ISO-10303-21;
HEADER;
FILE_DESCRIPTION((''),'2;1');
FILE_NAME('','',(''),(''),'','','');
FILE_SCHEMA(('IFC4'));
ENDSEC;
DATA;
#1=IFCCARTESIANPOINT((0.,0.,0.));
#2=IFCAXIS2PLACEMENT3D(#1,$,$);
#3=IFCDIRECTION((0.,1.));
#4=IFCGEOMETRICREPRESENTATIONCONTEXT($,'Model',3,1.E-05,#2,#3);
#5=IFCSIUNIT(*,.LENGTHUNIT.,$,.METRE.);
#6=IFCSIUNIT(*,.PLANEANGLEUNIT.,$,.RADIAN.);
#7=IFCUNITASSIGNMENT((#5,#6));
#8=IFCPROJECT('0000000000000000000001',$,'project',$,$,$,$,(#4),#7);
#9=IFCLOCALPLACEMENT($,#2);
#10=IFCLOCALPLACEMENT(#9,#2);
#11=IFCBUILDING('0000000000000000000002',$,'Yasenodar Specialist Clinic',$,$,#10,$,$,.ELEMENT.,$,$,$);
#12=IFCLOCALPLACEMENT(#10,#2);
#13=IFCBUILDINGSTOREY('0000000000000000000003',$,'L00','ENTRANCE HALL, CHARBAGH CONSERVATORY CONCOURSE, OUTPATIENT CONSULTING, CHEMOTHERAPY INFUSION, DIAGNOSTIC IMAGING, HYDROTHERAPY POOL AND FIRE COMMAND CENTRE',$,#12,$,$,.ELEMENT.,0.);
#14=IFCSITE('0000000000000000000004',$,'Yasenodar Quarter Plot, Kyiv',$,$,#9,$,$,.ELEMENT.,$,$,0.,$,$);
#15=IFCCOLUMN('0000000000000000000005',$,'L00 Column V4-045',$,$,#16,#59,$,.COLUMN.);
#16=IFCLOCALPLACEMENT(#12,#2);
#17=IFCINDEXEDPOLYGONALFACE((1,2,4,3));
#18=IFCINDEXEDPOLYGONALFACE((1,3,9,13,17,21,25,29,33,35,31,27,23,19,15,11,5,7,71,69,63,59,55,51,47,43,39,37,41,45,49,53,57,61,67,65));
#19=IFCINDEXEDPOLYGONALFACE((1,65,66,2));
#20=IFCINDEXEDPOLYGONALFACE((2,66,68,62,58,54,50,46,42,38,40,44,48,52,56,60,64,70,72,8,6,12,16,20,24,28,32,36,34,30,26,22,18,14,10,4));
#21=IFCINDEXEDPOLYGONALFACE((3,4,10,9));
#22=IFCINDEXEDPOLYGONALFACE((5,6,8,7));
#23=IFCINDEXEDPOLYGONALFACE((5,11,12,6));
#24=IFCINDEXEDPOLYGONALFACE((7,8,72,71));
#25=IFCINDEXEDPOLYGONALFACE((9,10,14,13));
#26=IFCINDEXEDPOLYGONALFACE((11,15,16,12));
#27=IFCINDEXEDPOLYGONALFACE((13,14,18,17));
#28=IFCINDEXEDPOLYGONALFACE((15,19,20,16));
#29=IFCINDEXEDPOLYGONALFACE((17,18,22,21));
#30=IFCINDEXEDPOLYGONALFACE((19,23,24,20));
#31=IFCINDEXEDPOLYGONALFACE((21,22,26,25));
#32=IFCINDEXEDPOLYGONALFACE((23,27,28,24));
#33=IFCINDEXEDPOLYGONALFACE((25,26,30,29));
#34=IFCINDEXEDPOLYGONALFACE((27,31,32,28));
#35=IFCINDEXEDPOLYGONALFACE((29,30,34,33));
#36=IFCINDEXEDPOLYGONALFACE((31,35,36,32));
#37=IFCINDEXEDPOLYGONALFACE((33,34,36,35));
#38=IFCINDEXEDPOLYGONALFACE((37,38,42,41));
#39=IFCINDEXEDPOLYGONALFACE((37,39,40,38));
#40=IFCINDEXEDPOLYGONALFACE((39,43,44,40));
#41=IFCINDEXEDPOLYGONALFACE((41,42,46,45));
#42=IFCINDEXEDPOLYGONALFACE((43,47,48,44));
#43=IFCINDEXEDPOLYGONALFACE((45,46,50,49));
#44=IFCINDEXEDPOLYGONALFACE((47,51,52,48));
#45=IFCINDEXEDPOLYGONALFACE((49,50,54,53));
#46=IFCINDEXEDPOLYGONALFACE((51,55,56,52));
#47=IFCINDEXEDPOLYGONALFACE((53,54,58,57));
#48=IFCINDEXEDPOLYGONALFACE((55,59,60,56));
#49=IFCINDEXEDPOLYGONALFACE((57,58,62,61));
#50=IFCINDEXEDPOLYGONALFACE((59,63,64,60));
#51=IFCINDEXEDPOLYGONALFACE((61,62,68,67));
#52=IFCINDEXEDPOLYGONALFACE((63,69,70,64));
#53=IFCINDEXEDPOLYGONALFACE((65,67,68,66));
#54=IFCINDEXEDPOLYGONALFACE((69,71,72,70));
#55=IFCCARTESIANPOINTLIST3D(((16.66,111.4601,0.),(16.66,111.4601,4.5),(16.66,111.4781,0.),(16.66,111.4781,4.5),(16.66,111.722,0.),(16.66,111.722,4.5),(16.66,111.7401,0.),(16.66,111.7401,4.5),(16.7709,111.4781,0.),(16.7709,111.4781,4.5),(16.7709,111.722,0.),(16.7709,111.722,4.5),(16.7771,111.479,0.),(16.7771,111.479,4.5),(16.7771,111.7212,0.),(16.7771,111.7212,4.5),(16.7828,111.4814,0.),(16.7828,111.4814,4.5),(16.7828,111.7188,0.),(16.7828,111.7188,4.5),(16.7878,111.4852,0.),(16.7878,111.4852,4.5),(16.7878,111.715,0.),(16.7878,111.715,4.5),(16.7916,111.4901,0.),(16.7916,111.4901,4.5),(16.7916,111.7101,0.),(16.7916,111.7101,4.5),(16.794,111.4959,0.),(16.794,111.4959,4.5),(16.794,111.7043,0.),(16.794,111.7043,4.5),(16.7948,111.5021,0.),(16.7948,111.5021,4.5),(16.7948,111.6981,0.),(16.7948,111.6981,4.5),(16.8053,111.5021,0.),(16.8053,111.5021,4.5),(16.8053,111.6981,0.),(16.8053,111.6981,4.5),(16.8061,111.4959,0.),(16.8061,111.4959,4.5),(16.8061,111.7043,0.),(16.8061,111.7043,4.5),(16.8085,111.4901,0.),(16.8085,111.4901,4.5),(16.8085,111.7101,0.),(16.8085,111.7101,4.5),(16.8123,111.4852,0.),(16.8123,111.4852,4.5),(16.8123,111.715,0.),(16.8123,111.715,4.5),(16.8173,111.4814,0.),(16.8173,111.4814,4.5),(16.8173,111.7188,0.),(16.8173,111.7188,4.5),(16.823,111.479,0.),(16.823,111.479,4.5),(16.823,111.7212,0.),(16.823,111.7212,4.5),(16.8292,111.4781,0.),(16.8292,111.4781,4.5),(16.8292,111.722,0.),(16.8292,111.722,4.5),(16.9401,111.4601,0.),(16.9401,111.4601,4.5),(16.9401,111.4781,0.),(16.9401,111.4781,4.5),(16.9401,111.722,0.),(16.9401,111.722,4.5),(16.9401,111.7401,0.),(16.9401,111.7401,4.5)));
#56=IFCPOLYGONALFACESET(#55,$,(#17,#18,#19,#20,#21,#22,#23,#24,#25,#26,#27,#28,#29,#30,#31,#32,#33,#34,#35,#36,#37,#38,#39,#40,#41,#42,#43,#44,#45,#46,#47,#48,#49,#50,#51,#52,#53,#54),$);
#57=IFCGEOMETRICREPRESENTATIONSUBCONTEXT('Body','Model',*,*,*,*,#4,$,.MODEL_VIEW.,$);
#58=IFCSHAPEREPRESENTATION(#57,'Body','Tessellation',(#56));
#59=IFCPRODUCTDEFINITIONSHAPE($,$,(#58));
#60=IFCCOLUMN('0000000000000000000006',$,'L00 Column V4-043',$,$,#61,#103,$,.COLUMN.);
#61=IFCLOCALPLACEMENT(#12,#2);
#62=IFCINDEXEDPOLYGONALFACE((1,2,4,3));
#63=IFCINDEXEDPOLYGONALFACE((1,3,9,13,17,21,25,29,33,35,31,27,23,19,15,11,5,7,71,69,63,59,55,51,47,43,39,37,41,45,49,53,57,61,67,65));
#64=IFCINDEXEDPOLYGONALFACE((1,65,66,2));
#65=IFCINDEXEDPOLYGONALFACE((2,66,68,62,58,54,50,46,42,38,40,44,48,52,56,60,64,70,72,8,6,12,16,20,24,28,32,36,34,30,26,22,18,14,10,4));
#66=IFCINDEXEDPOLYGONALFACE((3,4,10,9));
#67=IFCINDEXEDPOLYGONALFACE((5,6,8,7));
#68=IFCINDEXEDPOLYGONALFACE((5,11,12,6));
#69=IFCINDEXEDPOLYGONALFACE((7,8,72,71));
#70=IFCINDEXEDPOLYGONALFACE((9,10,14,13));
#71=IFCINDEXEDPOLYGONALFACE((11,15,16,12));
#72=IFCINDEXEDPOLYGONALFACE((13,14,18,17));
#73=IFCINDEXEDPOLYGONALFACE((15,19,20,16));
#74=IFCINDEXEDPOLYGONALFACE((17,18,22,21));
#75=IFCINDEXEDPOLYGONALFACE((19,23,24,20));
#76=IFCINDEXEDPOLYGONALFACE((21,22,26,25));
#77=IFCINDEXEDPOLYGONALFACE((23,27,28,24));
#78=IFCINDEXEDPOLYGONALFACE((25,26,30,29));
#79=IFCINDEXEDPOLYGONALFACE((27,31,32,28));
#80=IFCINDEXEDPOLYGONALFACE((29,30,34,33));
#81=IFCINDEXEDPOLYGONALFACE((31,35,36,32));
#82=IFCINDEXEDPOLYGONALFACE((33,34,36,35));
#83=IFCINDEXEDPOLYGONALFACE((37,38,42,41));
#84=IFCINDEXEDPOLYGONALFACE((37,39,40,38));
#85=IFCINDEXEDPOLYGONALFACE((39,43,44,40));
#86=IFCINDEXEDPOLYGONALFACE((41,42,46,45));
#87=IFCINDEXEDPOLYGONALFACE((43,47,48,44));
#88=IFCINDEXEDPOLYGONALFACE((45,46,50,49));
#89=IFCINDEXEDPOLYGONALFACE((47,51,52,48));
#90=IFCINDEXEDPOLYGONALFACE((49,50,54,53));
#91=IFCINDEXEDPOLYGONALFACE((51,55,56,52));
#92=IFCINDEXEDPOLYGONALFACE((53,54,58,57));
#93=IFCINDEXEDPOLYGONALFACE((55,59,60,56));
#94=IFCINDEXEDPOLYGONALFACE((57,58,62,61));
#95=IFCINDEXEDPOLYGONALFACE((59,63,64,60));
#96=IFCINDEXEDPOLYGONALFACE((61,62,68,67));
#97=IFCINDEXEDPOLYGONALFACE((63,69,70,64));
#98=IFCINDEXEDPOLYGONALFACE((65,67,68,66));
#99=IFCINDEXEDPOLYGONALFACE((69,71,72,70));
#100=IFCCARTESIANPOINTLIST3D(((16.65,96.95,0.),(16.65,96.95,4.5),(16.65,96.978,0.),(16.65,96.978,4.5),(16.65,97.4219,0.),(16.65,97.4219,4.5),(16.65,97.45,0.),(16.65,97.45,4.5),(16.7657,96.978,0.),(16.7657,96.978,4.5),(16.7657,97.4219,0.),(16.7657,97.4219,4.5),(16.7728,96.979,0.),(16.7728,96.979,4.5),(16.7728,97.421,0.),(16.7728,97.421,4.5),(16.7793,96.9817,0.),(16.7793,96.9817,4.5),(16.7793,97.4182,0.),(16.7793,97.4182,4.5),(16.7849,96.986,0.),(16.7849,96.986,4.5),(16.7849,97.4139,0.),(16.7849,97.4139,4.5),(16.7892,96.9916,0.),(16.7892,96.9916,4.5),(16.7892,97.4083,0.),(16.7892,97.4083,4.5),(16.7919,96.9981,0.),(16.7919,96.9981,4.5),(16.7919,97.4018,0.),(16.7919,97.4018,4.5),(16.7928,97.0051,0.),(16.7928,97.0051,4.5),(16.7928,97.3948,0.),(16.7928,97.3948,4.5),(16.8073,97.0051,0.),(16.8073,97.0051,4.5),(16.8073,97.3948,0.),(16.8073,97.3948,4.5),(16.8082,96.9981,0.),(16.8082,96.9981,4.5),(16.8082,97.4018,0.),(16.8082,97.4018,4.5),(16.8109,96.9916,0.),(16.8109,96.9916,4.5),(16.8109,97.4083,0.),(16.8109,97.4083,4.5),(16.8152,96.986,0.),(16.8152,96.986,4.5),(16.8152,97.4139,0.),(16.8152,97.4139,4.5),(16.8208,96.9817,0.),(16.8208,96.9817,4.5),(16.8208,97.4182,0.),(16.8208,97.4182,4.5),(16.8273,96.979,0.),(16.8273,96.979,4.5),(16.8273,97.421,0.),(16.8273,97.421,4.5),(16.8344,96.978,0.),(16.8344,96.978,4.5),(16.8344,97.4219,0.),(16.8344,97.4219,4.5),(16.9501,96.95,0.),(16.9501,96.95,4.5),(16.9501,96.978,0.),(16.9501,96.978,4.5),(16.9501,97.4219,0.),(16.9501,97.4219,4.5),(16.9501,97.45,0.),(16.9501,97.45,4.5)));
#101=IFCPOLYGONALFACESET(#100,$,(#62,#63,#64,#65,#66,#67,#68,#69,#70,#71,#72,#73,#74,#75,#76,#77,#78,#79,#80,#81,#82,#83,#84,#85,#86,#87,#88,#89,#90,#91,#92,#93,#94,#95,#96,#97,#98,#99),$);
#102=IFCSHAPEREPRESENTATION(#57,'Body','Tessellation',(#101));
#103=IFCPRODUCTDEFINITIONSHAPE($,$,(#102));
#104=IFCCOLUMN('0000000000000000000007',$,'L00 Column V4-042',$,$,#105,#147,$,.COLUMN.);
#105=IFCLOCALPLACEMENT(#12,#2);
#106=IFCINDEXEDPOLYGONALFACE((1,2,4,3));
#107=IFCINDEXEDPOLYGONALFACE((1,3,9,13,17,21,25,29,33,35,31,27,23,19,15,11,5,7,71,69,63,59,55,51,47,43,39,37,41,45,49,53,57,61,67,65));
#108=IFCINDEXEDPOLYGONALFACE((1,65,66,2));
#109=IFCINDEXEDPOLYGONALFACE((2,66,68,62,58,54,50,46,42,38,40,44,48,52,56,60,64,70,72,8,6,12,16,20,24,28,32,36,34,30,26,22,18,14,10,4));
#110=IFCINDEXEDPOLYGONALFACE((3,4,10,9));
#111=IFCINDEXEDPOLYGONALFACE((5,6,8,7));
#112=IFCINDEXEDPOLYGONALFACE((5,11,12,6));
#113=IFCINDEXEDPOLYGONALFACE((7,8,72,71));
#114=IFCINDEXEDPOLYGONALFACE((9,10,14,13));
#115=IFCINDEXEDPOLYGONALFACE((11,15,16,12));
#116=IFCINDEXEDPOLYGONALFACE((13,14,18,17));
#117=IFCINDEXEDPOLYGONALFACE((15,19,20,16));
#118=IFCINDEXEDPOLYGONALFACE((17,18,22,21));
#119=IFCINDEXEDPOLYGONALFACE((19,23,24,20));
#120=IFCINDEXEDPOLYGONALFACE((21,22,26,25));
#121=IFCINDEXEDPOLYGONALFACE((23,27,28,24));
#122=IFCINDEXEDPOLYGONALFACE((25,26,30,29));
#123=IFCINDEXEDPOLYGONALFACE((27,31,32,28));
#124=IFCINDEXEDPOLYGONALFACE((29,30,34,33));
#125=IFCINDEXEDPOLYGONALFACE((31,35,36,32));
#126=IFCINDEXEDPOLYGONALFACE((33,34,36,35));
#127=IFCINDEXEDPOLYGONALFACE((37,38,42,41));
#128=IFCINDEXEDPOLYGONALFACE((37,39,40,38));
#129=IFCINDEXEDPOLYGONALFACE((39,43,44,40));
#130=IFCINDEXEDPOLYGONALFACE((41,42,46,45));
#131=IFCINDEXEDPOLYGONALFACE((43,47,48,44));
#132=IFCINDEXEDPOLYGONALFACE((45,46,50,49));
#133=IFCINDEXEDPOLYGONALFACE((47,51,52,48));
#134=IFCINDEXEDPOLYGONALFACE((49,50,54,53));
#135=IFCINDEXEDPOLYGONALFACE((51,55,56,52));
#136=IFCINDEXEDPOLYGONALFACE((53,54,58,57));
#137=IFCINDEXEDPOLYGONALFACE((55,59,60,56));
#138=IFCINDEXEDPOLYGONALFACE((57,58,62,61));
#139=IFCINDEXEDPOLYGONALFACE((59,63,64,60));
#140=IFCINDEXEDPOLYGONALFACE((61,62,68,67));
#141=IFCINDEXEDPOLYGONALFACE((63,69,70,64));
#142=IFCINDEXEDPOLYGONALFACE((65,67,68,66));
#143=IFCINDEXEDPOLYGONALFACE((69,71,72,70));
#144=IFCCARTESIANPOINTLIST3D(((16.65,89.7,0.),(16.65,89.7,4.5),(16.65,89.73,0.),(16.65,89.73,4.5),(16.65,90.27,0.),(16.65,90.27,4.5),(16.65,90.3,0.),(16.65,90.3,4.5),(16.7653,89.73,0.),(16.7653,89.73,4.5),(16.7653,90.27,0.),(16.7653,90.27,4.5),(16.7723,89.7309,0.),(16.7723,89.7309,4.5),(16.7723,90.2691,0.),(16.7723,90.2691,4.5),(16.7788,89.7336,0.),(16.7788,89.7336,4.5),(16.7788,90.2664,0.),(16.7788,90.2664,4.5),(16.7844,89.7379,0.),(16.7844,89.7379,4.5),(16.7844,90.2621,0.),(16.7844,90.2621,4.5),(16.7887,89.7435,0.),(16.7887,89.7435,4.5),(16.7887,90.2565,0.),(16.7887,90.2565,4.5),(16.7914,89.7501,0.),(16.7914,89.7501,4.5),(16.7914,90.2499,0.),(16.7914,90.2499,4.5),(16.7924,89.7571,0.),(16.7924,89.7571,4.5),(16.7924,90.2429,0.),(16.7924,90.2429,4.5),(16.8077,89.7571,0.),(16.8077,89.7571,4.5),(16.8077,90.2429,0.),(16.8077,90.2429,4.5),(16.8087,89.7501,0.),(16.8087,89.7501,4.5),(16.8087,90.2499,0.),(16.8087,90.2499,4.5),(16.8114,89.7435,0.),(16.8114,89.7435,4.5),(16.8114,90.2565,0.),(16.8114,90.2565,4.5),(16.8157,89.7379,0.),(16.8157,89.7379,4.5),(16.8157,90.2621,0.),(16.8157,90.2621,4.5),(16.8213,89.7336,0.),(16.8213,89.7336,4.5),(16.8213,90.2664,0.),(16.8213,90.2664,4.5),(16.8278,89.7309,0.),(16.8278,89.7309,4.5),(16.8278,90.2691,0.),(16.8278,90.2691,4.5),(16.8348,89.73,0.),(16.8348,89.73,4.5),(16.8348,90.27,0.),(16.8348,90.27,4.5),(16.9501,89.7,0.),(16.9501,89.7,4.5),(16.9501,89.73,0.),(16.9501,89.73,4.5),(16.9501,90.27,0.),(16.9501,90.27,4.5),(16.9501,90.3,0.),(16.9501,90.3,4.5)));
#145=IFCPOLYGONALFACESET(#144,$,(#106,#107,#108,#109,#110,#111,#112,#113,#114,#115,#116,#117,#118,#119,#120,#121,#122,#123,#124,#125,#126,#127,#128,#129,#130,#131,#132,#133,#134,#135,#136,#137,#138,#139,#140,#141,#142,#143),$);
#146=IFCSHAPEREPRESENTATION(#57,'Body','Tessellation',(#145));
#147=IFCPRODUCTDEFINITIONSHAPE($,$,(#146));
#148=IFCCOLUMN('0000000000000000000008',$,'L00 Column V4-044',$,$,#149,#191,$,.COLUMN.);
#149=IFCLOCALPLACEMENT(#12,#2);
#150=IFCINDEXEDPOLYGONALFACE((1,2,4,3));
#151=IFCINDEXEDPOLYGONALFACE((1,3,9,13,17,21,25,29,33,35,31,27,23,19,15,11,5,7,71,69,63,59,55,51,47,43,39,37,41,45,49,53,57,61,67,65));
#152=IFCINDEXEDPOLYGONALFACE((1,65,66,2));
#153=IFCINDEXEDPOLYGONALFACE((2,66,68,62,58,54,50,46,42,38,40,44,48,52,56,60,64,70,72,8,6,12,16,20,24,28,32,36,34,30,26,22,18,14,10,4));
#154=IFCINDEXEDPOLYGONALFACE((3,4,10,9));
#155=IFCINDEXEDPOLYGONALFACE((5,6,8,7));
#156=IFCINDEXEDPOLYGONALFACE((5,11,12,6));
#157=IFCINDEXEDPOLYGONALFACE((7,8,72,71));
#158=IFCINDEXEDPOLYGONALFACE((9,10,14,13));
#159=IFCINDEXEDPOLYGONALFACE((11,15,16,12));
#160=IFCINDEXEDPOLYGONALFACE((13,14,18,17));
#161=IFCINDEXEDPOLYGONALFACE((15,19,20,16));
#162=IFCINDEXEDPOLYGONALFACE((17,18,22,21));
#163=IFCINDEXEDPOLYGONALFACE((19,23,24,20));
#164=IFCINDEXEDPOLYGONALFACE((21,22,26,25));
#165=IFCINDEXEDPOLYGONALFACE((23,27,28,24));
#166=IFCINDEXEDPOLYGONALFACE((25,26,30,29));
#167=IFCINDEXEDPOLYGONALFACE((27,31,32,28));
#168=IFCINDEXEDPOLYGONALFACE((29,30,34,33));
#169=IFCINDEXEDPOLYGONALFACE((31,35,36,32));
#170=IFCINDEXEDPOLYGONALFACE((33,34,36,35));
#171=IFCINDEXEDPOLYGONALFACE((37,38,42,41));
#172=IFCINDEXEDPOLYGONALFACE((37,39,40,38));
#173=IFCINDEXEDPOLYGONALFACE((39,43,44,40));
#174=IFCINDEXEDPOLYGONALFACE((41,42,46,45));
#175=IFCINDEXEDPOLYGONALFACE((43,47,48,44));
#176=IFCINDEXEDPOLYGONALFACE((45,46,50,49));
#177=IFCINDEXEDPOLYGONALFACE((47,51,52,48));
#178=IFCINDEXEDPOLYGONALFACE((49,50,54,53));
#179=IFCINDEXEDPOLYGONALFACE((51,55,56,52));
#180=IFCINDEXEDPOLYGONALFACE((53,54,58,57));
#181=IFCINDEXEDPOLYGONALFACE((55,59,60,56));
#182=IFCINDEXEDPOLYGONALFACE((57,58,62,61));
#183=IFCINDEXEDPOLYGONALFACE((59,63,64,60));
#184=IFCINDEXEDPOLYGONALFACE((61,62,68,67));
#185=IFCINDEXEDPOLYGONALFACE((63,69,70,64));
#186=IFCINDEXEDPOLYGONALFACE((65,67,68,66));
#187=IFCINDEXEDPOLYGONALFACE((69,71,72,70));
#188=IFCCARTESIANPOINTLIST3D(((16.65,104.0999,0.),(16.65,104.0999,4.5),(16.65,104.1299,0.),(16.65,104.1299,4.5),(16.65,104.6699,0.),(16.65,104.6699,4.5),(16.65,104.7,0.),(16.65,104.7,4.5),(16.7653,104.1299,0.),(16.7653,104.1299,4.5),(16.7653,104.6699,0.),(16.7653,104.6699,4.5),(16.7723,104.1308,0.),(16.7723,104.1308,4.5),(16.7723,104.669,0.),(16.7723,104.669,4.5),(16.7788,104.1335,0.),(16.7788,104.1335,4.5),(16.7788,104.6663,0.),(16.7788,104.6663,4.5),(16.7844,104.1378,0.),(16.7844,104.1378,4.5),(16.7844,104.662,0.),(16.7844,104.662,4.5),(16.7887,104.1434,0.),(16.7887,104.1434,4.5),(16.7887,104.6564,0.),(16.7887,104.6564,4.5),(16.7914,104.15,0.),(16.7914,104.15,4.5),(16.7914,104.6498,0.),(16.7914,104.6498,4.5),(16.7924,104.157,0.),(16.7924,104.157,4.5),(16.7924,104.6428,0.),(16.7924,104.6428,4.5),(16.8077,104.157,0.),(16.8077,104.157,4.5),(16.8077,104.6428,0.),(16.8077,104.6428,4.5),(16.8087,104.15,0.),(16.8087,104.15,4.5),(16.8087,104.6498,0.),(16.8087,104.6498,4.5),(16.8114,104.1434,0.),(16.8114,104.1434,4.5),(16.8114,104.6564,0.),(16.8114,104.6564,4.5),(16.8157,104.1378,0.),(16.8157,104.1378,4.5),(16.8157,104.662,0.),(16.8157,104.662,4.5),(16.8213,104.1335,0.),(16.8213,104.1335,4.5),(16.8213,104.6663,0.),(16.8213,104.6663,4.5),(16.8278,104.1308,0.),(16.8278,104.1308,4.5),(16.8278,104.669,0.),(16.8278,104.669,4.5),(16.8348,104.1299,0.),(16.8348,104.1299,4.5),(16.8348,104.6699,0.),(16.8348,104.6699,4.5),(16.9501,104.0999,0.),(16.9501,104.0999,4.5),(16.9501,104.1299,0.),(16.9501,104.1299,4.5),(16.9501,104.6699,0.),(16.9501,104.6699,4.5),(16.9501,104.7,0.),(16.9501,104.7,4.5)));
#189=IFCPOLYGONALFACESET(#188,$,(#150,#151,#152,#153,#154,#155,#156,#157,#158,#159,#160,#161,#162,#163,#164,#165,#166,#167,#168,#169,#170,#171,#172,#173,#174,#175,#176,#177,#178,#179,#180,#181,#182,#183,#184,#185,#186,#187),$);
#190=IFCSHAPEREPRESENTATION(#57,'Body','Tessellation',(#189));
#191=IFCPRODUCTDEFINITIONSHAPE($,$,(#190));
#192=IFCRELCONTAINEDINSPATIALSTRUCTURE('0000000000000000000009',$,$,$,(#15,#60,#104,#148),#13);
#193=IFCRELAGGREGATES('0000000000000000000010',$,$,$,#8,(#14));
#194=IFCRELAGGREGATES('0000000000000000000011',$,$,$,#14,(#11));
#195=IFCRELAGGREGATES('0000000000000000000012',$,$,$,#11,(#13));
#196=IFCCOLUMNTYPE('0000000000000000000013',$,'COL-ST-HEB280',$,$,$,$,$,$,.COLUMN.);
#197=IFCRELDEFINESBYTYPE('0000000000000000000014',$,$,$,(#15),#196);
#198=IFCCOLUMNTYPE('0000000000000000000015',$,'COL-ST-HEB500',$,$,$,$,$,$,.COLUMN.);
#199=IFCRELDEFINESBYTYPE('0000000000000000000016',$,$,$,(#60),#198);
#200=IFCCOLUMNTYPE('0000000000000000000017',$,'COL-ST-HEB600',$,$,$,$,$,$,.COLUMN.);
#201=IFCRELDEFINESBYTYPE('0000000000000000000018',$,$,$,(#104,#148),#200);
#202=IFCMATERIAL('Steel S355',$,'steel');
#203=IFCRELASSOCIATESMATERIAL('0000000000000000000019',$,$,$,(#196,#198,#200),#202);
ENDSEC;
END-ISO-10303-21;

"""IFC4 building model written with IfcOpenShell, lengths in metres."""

from ifc_helpers import new_model, si_unit, direction, frame, origin, origin_2d, place, context, subcontext, project, spatial, i_section, extrude, material, material_profile, profile_set, type_object, element, save


model = new_model("IFC4")

# Units and contexts
model_context = context("Model", 3, precision=1e-05, world=origin(), true_north=direction((0.0, 1.0)))
body_context = subcontext(model_context, "Body", "Model", "MODEL_VIEW")
ifc_project = project(units=[si_unit("LENGTHUNIT", "METRE"), si_unit("PLANEANGLEUNIT", "RADIAN")], contexts=[model_context])

# Site, building, storey
site_placement = place(None, origin())
site = spatial("IfcSite", under=ifc_project, at=site_placement, Name="Yasenodar Quarter Plot, Kyiv", CompositionType="ELEMENT", RefElevation=0.0)
building_placement = place(site_placement, origin())
building = spatial("IfcBuilding", under=site, at=building_placement, Name="Yasenodar Specialist Clinic", CompositionType="ELEMENT")
storey_placement = place(building_placement, origin())
storey = spatial("IfcBuildingStorey", under=building, at=storey_placement, Name="L00", Description="ENTRANCE HALL, CHARBAGH CONSERVATORY CONCOURSE, OUTPATIENT CONSULTING, CHEMOTHERAPY INFUSION, DIAGNOSTIC IMAGING, HYDROTHERAPY POOL AND FIRE COMMAND CENTRE", CompositionType="ELEMENT", Elevation=0.0)

# Columns
ifc_material_1 = material(Name="Steel S355", Category="steel")
ifc_material_profile_1 = material_profile(ifc_material_1, i_section(OverallWidth=0.28, OverallDepth=0.28, WebThickness=0.0105, FlangeThickness=0.0181, FilletRadius=0.0239, at=origin_2d()), Name="HEB 280")
ifc_profile_set_1 = profile_set([ifc_material_profile_1], Name="Steel S355")
column_type_1 = type_object("IfcColumnType", Name="COL-ST-HEB280", PredefinedType="COLUMN", material=ifc_profile_set_1)
column_1_placement = place(storey_placement, frame((16.8, 111.6001, 0.0), z_axis=(0.0, 0.0, 1.0), x_axis=(1.0, 0.0, 0.0)))
element("IfcColumn", 1, at=column_1_placement, inside=storey, type_object=column_type_1, Name="L00 Column V4-045", PredefinedType="COLUMN", context=body_context, shape_type="SweptSolid", body=[
    extrude(i_section(OverallWidth=0.28, OverallDepth=0.28, WebThickness=0.0105, FlangeThickness=0.0181, FilletRadius=0.0239, at=origin_2d()), origin(), (0.0, 0.0, 1.0), 4.5),
])
ifc_material_profile_2 = material_profile(ifc_material_1, i_section(OverallWidth=0.3, OverallDepth=0.5, WebThickness=0.0144, FlangeThickness=0.0281, FilletRadius=0.0271, at=origin_2d()), Name="HEB 500")
ifc_profile_set_2 = profile_set([ifc_material_profile_2], Name="Steel S355")
column_type_2 = type_object("IfcColumnType", Name="COL-ST-HEB500", PredefinedType="COLUMN", material=ifc_profile_set_2)
column_2_placement = place(storey_placement, frame((16.8, 97.2, 0.0), z_axis=(0.0, 0.0, 1.0), x_axis=(1.0, 0.0, 0.0)))
element("IfcColumn", 2, at=column_2_placement, inside=storey, type_object=column_type_2, Name="L00 Column V4-043", PredefinedType="COLUMN", context=body_context, shape_type="SweptSolid", body=[
    extrude(i_section(OverallWidth=0.3, OverallDepth=0.5, WebThickness=0.0144, FlangeThickness=0.0281, FilletRadius=0.0271, at=origin_2d()), origin(), (0.0, 0.0, 1.0), 4.5),
])
ifc_material_profile_3 = material_profile(ifc_material_1, i_section(OverallWidth=0.3, OverallDepth=0.6001, WebThickness=0.0154, FlangeThickness=0.03, FilletRadius=0.0271, at=origin_2d()), Name="HEB 600")
ifc_profile_set_3 = profile_set([ifc_material_profile_3], Name="Steel S355")
column_type_3 = type_object("IfcColumnType", Name="COL-ST-HEB600", PredefinedType="COLUMN", material=ifc_profile_set_3)
for number, where, z_axis, x_axis, name in (
    (3, (16.8, 90.0, 0.0), (0.0, 0.0, 1.0), (1.0, 0.0, 0.0), "L00 Column V4-042"),
    (4, (16.8, 104.3999, 0.0), (0.0, 0.0, 1.0), (1.0, 0.0, 0.0), "L00 Column V4-044"),
):
    element("IfcColumn", number, at=place(storey_placement, frame(where, z_axis=z_axis, x_axis=x_axis)), inside=storey, type_object=column_type_3, Name=name, PredefinedType="COLUMN", context=body_context, shape_type="SweptSolid", body=[
        extrude(i_section(OverallWidth=0.3, OverallDepth=0.6001, WebThickness=0.0154, FlangeThickness=0.03, FilletRadius=0.0271, at=origin_2d()), origin(), (0.0, 0.0, 1.0), 4.5),
    ])

save(model, "model.ifc")
